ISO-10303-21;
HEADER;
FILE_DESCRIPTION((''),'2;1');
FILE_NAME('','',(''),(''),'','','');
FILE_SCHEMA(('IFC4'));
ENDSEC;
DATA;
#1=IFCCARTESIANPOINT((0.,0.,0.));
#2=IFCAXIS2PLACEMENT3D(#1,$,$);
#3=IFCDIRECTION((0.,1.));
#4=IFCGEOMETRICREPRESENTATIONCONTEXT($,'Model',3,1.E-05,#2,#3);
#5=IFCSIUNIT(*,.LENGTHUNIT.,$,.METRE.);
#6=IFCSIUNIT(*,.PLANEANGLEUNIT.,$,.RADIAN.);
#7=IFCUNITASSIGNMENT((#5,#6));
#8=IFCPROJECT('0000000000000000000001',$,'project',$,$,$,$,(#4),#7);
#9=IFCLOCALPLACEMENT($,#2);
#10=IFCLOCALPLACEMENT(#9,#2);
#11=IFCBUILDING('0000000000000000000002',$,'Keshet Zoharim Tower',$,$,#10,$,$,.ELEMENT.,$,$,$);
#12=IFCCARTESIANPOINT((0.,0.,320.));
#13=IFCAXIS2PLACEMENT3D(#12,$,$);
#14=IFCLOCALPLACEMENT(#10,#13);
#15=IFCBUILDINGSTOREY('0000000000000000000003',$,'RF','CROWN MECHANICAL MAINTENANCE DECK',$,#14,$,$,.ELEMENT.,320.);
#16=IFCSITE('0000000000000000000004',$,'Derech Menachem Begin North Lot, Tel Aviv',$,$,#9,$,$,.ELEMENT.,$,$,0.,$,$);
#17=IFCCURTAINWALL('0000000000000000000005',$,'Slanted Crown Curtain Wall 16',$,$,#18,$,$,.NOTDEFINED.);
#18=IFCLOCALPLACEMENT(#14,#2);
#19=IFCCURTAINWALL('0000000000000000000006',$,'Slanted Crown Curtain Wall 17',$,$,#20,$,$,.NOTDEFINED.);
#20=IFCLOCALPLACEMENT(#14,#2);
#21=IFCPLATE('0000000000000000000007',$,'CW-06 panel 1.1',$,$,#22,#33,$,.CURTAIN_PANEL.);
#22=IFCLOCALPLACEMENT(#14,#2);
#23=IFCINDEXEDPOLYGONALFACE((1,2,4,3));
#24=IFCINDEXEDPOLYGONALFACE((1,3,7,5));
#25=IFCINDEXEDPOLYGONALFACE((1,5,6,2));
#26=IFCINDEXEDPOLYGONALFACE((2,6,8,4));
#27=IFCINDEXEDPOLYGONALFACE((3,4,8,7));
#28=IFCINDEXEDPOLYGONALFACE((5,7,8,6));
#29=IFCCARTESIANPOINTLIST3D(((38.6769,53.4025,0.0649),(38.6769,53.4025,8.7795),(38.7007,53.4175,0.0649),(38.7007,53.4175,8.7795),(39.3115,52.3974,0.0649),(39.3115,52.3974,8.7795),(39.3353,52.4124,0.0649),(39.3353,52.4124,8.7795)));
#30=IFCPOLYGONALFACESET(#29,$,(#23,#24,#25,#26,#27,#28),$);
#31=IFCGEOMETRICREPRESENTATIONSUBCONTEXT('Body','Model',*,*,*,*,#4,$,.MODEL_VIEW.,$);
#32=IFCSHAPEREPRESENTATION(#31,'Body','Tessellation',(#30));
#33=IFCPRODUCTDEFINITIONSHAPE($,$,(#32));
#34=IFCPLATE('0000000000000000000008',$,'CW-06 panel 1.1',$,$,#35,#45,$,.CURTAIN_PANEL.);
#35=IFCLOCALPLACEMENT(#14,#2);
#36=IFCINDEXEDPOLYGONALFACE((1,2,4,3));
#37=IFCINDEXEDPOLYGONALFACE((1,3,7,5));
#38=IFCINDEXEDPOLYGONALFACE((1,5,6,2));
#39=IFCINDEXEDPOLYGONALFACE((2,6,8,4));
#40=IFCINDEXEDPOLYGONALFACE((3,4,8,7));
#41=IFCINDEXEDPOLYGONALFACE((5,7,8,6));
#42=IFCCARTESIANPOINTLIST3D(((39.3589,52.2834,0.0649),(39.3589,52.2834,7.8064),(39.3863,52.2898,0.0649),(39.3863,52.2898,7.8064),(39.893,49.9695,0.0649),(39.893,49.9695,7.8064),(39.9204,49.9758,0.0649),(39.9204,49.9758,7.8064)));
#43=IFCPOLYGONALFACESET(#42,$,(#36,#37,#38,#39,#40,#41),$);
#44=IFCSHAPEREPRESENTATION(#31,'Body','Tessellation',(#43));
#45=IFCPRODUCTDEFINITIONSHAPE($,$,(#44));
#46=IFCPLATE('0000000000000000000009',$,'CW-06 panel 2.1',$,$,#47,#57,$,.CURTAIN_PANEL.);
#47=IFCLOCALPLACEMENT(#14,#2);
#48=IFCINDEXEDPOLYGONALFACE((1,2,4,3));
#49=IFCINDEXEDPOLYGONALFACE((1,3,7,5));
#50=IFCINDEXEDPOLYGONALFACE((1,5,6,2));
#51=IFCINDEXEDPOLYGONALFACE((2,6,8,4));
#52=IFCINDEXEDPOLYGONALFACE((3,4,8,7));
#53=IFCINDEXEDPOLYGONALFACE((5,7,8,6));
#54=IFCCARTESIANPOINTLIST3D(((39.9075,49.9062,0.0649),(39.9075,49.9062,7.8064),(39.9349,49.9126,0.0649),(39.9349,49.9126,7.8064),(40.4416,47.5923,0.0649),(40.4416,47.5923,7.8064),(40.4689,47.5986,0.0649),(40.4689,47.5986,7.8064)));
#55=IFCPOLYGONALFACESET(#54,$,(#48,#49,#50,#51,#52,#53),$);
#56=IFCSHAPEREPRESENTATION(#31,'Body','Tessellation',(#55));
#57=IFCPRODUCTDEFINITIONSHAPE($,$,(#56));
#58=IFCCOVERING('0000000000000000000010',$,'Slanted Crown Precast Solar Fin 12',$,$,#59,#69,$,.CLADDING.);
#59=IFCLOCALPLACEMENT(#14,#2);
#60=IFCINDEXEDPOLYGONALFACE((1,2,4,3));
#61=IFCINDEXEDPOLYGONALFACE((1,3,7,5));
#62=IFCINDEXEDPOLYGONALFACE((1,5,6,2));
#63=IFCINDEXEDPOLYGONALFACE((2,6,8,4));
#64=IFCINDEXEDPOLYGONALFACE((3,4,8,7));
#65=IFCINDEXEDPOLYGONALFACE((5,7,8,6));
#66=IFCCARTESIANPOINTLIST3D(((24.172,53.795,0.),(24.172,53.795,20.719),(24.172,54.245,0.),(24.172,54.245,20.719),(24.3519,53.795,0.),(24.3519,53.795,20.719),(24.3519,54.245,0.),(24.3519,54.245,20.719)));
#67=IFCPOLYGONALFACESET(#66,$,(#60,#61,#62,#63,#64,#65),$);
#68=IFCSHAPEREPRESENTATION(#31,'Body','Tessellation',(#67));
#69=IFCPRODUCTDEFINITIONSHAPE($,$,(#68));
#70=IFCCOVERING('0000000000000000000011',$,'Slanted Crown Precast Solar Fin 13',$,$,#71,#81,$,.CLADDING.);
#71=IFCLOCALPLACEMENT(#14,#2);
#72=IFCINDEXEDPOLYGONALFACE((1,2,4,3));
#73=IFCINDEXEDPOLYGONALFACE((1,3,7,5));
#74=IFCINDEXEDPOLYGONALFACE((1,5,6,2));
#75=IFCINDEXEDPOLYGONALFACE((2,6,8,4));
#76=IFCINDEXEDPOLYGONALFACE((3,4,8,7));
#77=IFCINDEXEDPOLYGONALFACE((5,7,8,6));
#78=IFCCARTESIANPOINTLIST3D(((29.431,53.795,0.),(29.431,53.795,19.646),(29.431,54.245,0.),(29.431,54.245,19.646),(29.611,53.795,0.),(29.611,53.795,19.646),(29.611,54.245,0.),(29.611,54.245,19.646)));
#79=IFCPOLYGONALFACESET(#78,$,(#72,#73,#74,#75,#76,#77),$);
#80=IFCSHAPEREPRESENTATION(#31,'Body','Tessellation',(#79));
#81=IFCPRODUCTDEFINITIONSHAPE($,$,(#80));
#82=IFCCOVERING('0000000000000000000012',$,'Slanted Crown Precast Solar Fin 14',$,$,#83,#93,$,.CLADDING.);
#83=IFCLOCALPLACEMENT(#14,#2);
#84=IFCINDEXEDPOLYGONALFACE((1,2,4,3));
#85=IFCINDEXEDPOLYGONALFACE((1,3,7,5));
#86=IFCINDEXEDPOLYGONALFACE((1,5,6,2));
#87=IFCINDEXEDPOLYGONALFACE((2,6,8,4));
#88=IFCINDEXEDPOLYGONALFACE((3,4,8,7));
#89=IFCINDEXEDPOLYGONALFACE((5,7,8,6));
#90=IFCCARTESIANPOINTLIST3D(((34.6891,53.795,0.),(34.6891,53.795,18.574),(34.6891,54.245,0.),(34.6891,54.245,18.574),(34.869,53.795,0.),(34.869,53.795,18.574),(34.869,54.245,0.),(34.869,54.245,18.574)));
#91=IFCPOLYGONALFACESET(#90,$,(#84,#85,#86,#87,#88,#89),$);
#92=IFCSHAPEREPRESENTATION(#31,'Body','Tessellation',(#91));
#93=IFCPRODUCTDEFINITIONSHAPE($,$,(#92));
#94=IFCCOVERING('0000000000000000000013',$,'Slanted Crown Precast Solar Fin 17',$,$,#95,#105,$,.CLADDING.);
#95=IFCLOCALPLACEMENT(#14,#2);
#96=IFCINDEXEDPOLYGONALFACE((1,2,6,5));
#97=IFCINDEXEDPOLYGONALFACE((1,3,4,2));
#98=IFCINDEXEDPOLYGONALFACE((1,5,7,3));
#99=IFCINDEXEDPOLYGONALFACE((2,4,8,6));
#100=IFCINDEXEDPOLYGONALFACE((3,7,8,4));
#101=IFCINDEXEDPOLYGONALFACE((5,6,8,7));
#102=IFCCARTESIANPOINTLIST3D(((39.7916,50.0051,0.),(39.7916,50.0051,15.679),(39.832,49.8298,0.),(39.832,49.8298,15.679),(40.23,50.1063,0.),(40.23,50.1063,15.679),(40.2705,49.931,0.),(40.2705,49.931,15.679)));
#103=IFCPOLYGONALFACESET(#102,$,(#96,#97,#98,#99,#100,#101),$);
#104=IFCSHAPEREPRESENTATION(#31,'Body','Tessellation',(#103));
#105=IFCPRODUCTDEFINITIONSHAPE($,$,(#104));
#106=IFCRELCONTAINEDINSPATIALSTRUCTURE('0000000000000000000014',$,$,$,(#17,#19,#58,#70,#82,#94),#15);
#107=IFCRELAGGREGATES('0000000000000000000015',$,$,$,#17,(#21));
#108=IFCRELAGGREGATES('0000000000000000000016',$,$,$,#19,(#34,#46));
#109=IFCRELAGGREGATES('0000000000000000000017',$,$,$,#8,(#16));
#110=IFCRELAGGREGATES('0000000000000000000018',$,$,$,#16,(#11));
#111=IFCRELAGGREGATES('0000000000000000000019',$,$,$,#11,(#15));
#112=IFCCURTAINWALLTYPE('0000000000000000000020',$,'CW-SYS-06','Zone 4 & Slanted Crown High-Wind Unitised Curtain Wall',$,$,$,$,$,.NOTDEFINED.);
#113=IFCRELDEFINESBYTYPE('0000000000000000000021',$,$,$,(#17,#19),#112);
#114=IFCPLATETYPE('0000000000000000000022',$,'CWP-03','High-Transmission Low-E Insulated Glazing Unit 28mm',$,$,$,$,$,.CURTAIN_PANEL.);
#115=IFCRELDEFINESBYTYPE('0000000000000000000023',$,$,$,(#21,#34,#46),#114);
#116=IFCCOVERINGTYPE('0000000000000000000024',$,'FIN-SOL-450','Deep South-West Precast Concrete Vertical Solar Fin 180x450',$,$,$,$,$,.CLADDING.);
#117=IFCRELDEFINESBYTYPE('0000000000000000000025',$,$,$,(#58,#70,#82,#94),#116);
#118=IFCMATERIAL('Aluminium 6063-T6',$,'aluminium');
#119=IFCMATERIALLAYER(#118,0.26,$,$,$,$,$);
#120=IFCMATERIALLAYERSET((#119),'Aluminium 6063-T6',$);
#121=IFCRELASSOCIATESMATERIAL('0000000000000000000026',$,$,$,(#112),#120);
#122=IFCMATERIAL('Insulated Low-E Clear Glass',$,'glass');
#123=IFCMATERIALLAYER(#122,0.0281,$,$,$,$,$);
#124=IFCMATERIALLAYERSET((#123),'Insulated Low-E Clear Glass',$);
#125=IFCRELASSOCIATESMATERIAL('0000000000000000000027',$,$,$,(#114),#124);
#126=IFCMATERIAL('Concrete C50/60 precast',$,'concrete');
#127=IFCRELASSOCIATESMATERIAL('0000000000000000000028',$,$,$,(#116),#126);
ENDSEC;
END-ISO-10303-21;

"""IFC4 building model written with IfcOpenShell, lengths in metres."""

from ifc_helpers import new_model, si_unit, direction, frame, origin, origin_2d, place, context, subcontext, project, spatial, rectangle, extrude, material, layer, layer_set, type_object, element, aggregate, save


model = new_model("IFC4")

# Units and contexts
model_context = context("Model", 3, precision=1e-05, world=origin(), true_north=direction((0.0, 1.0)))
body_context = subcontext(model_context, "Body", "Model", "MODEL_VIEW")
ifc_project = project(units=[si_unit("LENGTHUNIT", "METRE"), si_unit("PLANEANGLEUNIT", "RADIAN")], contexts=[model_context])

# Site, building, storey
site_placement = place(None, origin())
site = spatial("IfcSite", under=ifc_project, at=site_placement, Name="Derech Menachem Begin North Lot, Tel Aviv", CompositionType="ELEMENT", RefElevation=0.0)
building_placement = place(site_placement, origin())
building = spatial("IfcBuilding", under=site, at=building_placement, Name="Keshet Zoharim Tower", CompositionType="ELEMENT")
storey_placement = place(building_placement, frame((0.0, 0.0, 320.0)))
storey = spatial("IfcBuildingStorey", under=building, at=storey_placement, Name="RF", Description="CROWN MECHANICAL MAINTENANCE DECK", CompositionType="ELEMENT", Elevation=320.0)

# Curtain walls
ifc_material_1 = material(Name="Aluminium 6063-T6", Category="aluminium")
ifc_layer_1 = layer(ifc_material_1, 0.26)
ifc_layer_set_1 = layer_set([ifc_layer_1], Name="Aluminium 6063-T6")
curtain_wall_type = type_object("IfcCurtainWallType", Name="CW-SYS-06", Description="Zone 4 & Slanted Crown High-Wind Unitised Curtain Wall", PredefinedType="NOTDEFINED", material=ifc_layer_set_1)
curtain_wall_1_placement = place(storey_placement, origin())
curtain_wall_1 = element("IfcCurtainWall", 1, at=curtain_wall_1_placement, inside=storey, type_object=curtain_wall_type, Name="Slanted Crown Curtain Wall 16", PredefinedType="NOTDEFINED")
curtain_wall_2_placement = place(storey_placement, origin())
curtain_wall_2 = element("IfcCurtainWall", 2, at=curtain_wall_2_placement, inside=storey, type_object=curtain_wall_type, Name="Slanted Crown Curtain Wall 17", PredefinedType="NOTDEFINED")

# Plates
ifc_material_2 = material(Name="Insulated Low-E Clear Glass", Category="glass")
ifc_layer_2 = layer(ifc_material_2, 0.0281)
ifc_layer_set_2 = layer_set([ifc_layer_2], Name="Insulated Low-E Clear Glass")
plate_type = type_object("IfcPlateType", Name="CWP-03", Description="High-Transmission Low-E Insulated Glazing Unit 28mm", PredefinedType="CURTAIN_PANEL", material=ifc_layer_set_2)
plate_1_placement = place(storey_placement, frame((39.0061, 52.9075, 0.0649), z_axis=(0.0, 0.0, 1.0), x_axis=(0.533879, -0.845561, 0.0)))
plate_1 = element("IfcPlate", 3, at=plate_1_placement, type_object=plate_type, Name="CW-06 panel 1.1", PredefinedType="CURTAIN_PANEL", context=body_context, shape_type="SweptSolid", body=[
    extrude(rectangle(XDim=1.1887, YDim=0.0281, at=origin_2d()), origin(), (0.0, 0.0, 1.0), 8.7146),
])
aggregate(curtain_wall_1, [plate_1])
plate_2_placement = place(storey_placement, frame((39.6396, 51.1296, 0.0649), z_axis=(0.0, 0.0, 1.0), x_axis=(0.224889, -0.974384, 0.0)))
plate_2 = element("IfcPlate", 4, at=plate_2_placement, type_object=plate_type, Name="CW-06 panel 1.1", PredefinedType="CURTAIN_PANEL", context=body_context, shape_type="SweptSolid", body=[
    extrude(rectangle(XDim=2.3748, YDim=0.0281, at=origin_2d()), origin(), (0.0, 0.0, 1.0), 7.7415),
])
plate_3_placement = place(storey_placement, frame((40.1882, 48.7524, 0.0649), z_axis=(0.0, 0.0, 1.0), x_axis=(0.224889, -0.974384, 0.0)))
plate_3 = element("IfcPlate", 5, at=plate_3_placement, type_object=plate_type, Name="CW-06 panel 2.1", PredefinedType="CURTAIN_PANEL", context=body_context, shape_type="SweptSolid", body=[
    extrude(rectangle(XDim=2.3748, YDim=0.0281, at=origin_2d()), origin(), (0.0, 0.0, 1.0), 7.7415),
])
aggregate(curtain_wall_2, [plate_2, plate_3])

# Coverings
ifc_material_3 = material(Name="Concrete C50/60 precast", Category="concrete")
covering_type = type_object("IfcCoveringType", Name="FIN-SOL-450", Description="Deep South-West Precast Concrete Vertical Solar Fin 180x450", PredefinedType="CLADDING", material=ifc_material_3)
covering_1_placement = place(storey_placement, frame((24.262, 54.02, 0.0), z_axis=(0.0, 0.0, 1.0), x_axis=(1.0, 0.0, 0.0)))
element("IfcCovering", 6, at=covering_1_placement, inside=storey, type_object=covering_type, Name="Slanted Crown Precast Solar Fin 12", PredefinedType="CLADDING", context=body_context, shape_type="SweptSolid", body=[
    extrude(rectangle(XDim=0.1799, YDim=0.45, at=origin_2d()), origin(), (0.0, 0.0, 1.0), 20.719),
])
covering_2_placement = place(storey_placement, frame((29.521, 54.02, 0.0), z_axis=(0.0, 0.0, 1.0), x_axis=(1.0, 0.0, 0.0)))
element("IfcCovering", 7, at=covering_2_placement, inside=storey, type_object=covering_type, Name="Slanted Crown Precast Solar Fin 13", PredefinedType="CLADDING", context=body_context, shape_type="SweptSolid", body=[
    extrude(rectangle(XDim=0.1799, YDim=0.45, at=origin_2d()), origin(), (0.0, 0.0, 1.0), 19.646),
])
covering_3_placement = place(storey_placement, frame((34.7791, 54.02, 0.0), z_axis=(0.0, 0.0, 1.0), x_axis=(1.0, 0.0, 0.0)))
element("IfcCovering", 8, at=covering_3_placement, inside=storey, type_object=covering_type, Name="Slanted Crown Precast Solar Fin 14", PredefinedType="CLADDING", context=body_context, shape_type="SweptSolid", body=[
    extrude(rectangle(XDim=0.1799, YDim=0.45, at=origin_2d()), origin(), (0.0, 0.0, 1.0), 18.574),
])
covering_4_placement = place(storey_placement, frame((40.031, 49.968, 0.0), z_axis=(0.0, 0.0, 1.0), x_axis=(0.224889, -0.974384, 0.0)))
element("IfcCovering", 9, at=covering_4_placement, inside=storey, type_object=covering_type, Name="Slanted Crown Precast Solar Fin 17", PredefinedType="CLADDING", context=body_context, shape_type="SweptSolid", body=[
    extrude(rectangle(XDim=0.1799, YDim=0.45, at=origin_2d()), origin(), (0.0, 0.0, 1.0), 15.679),
])

save(model, "model.ifc")
